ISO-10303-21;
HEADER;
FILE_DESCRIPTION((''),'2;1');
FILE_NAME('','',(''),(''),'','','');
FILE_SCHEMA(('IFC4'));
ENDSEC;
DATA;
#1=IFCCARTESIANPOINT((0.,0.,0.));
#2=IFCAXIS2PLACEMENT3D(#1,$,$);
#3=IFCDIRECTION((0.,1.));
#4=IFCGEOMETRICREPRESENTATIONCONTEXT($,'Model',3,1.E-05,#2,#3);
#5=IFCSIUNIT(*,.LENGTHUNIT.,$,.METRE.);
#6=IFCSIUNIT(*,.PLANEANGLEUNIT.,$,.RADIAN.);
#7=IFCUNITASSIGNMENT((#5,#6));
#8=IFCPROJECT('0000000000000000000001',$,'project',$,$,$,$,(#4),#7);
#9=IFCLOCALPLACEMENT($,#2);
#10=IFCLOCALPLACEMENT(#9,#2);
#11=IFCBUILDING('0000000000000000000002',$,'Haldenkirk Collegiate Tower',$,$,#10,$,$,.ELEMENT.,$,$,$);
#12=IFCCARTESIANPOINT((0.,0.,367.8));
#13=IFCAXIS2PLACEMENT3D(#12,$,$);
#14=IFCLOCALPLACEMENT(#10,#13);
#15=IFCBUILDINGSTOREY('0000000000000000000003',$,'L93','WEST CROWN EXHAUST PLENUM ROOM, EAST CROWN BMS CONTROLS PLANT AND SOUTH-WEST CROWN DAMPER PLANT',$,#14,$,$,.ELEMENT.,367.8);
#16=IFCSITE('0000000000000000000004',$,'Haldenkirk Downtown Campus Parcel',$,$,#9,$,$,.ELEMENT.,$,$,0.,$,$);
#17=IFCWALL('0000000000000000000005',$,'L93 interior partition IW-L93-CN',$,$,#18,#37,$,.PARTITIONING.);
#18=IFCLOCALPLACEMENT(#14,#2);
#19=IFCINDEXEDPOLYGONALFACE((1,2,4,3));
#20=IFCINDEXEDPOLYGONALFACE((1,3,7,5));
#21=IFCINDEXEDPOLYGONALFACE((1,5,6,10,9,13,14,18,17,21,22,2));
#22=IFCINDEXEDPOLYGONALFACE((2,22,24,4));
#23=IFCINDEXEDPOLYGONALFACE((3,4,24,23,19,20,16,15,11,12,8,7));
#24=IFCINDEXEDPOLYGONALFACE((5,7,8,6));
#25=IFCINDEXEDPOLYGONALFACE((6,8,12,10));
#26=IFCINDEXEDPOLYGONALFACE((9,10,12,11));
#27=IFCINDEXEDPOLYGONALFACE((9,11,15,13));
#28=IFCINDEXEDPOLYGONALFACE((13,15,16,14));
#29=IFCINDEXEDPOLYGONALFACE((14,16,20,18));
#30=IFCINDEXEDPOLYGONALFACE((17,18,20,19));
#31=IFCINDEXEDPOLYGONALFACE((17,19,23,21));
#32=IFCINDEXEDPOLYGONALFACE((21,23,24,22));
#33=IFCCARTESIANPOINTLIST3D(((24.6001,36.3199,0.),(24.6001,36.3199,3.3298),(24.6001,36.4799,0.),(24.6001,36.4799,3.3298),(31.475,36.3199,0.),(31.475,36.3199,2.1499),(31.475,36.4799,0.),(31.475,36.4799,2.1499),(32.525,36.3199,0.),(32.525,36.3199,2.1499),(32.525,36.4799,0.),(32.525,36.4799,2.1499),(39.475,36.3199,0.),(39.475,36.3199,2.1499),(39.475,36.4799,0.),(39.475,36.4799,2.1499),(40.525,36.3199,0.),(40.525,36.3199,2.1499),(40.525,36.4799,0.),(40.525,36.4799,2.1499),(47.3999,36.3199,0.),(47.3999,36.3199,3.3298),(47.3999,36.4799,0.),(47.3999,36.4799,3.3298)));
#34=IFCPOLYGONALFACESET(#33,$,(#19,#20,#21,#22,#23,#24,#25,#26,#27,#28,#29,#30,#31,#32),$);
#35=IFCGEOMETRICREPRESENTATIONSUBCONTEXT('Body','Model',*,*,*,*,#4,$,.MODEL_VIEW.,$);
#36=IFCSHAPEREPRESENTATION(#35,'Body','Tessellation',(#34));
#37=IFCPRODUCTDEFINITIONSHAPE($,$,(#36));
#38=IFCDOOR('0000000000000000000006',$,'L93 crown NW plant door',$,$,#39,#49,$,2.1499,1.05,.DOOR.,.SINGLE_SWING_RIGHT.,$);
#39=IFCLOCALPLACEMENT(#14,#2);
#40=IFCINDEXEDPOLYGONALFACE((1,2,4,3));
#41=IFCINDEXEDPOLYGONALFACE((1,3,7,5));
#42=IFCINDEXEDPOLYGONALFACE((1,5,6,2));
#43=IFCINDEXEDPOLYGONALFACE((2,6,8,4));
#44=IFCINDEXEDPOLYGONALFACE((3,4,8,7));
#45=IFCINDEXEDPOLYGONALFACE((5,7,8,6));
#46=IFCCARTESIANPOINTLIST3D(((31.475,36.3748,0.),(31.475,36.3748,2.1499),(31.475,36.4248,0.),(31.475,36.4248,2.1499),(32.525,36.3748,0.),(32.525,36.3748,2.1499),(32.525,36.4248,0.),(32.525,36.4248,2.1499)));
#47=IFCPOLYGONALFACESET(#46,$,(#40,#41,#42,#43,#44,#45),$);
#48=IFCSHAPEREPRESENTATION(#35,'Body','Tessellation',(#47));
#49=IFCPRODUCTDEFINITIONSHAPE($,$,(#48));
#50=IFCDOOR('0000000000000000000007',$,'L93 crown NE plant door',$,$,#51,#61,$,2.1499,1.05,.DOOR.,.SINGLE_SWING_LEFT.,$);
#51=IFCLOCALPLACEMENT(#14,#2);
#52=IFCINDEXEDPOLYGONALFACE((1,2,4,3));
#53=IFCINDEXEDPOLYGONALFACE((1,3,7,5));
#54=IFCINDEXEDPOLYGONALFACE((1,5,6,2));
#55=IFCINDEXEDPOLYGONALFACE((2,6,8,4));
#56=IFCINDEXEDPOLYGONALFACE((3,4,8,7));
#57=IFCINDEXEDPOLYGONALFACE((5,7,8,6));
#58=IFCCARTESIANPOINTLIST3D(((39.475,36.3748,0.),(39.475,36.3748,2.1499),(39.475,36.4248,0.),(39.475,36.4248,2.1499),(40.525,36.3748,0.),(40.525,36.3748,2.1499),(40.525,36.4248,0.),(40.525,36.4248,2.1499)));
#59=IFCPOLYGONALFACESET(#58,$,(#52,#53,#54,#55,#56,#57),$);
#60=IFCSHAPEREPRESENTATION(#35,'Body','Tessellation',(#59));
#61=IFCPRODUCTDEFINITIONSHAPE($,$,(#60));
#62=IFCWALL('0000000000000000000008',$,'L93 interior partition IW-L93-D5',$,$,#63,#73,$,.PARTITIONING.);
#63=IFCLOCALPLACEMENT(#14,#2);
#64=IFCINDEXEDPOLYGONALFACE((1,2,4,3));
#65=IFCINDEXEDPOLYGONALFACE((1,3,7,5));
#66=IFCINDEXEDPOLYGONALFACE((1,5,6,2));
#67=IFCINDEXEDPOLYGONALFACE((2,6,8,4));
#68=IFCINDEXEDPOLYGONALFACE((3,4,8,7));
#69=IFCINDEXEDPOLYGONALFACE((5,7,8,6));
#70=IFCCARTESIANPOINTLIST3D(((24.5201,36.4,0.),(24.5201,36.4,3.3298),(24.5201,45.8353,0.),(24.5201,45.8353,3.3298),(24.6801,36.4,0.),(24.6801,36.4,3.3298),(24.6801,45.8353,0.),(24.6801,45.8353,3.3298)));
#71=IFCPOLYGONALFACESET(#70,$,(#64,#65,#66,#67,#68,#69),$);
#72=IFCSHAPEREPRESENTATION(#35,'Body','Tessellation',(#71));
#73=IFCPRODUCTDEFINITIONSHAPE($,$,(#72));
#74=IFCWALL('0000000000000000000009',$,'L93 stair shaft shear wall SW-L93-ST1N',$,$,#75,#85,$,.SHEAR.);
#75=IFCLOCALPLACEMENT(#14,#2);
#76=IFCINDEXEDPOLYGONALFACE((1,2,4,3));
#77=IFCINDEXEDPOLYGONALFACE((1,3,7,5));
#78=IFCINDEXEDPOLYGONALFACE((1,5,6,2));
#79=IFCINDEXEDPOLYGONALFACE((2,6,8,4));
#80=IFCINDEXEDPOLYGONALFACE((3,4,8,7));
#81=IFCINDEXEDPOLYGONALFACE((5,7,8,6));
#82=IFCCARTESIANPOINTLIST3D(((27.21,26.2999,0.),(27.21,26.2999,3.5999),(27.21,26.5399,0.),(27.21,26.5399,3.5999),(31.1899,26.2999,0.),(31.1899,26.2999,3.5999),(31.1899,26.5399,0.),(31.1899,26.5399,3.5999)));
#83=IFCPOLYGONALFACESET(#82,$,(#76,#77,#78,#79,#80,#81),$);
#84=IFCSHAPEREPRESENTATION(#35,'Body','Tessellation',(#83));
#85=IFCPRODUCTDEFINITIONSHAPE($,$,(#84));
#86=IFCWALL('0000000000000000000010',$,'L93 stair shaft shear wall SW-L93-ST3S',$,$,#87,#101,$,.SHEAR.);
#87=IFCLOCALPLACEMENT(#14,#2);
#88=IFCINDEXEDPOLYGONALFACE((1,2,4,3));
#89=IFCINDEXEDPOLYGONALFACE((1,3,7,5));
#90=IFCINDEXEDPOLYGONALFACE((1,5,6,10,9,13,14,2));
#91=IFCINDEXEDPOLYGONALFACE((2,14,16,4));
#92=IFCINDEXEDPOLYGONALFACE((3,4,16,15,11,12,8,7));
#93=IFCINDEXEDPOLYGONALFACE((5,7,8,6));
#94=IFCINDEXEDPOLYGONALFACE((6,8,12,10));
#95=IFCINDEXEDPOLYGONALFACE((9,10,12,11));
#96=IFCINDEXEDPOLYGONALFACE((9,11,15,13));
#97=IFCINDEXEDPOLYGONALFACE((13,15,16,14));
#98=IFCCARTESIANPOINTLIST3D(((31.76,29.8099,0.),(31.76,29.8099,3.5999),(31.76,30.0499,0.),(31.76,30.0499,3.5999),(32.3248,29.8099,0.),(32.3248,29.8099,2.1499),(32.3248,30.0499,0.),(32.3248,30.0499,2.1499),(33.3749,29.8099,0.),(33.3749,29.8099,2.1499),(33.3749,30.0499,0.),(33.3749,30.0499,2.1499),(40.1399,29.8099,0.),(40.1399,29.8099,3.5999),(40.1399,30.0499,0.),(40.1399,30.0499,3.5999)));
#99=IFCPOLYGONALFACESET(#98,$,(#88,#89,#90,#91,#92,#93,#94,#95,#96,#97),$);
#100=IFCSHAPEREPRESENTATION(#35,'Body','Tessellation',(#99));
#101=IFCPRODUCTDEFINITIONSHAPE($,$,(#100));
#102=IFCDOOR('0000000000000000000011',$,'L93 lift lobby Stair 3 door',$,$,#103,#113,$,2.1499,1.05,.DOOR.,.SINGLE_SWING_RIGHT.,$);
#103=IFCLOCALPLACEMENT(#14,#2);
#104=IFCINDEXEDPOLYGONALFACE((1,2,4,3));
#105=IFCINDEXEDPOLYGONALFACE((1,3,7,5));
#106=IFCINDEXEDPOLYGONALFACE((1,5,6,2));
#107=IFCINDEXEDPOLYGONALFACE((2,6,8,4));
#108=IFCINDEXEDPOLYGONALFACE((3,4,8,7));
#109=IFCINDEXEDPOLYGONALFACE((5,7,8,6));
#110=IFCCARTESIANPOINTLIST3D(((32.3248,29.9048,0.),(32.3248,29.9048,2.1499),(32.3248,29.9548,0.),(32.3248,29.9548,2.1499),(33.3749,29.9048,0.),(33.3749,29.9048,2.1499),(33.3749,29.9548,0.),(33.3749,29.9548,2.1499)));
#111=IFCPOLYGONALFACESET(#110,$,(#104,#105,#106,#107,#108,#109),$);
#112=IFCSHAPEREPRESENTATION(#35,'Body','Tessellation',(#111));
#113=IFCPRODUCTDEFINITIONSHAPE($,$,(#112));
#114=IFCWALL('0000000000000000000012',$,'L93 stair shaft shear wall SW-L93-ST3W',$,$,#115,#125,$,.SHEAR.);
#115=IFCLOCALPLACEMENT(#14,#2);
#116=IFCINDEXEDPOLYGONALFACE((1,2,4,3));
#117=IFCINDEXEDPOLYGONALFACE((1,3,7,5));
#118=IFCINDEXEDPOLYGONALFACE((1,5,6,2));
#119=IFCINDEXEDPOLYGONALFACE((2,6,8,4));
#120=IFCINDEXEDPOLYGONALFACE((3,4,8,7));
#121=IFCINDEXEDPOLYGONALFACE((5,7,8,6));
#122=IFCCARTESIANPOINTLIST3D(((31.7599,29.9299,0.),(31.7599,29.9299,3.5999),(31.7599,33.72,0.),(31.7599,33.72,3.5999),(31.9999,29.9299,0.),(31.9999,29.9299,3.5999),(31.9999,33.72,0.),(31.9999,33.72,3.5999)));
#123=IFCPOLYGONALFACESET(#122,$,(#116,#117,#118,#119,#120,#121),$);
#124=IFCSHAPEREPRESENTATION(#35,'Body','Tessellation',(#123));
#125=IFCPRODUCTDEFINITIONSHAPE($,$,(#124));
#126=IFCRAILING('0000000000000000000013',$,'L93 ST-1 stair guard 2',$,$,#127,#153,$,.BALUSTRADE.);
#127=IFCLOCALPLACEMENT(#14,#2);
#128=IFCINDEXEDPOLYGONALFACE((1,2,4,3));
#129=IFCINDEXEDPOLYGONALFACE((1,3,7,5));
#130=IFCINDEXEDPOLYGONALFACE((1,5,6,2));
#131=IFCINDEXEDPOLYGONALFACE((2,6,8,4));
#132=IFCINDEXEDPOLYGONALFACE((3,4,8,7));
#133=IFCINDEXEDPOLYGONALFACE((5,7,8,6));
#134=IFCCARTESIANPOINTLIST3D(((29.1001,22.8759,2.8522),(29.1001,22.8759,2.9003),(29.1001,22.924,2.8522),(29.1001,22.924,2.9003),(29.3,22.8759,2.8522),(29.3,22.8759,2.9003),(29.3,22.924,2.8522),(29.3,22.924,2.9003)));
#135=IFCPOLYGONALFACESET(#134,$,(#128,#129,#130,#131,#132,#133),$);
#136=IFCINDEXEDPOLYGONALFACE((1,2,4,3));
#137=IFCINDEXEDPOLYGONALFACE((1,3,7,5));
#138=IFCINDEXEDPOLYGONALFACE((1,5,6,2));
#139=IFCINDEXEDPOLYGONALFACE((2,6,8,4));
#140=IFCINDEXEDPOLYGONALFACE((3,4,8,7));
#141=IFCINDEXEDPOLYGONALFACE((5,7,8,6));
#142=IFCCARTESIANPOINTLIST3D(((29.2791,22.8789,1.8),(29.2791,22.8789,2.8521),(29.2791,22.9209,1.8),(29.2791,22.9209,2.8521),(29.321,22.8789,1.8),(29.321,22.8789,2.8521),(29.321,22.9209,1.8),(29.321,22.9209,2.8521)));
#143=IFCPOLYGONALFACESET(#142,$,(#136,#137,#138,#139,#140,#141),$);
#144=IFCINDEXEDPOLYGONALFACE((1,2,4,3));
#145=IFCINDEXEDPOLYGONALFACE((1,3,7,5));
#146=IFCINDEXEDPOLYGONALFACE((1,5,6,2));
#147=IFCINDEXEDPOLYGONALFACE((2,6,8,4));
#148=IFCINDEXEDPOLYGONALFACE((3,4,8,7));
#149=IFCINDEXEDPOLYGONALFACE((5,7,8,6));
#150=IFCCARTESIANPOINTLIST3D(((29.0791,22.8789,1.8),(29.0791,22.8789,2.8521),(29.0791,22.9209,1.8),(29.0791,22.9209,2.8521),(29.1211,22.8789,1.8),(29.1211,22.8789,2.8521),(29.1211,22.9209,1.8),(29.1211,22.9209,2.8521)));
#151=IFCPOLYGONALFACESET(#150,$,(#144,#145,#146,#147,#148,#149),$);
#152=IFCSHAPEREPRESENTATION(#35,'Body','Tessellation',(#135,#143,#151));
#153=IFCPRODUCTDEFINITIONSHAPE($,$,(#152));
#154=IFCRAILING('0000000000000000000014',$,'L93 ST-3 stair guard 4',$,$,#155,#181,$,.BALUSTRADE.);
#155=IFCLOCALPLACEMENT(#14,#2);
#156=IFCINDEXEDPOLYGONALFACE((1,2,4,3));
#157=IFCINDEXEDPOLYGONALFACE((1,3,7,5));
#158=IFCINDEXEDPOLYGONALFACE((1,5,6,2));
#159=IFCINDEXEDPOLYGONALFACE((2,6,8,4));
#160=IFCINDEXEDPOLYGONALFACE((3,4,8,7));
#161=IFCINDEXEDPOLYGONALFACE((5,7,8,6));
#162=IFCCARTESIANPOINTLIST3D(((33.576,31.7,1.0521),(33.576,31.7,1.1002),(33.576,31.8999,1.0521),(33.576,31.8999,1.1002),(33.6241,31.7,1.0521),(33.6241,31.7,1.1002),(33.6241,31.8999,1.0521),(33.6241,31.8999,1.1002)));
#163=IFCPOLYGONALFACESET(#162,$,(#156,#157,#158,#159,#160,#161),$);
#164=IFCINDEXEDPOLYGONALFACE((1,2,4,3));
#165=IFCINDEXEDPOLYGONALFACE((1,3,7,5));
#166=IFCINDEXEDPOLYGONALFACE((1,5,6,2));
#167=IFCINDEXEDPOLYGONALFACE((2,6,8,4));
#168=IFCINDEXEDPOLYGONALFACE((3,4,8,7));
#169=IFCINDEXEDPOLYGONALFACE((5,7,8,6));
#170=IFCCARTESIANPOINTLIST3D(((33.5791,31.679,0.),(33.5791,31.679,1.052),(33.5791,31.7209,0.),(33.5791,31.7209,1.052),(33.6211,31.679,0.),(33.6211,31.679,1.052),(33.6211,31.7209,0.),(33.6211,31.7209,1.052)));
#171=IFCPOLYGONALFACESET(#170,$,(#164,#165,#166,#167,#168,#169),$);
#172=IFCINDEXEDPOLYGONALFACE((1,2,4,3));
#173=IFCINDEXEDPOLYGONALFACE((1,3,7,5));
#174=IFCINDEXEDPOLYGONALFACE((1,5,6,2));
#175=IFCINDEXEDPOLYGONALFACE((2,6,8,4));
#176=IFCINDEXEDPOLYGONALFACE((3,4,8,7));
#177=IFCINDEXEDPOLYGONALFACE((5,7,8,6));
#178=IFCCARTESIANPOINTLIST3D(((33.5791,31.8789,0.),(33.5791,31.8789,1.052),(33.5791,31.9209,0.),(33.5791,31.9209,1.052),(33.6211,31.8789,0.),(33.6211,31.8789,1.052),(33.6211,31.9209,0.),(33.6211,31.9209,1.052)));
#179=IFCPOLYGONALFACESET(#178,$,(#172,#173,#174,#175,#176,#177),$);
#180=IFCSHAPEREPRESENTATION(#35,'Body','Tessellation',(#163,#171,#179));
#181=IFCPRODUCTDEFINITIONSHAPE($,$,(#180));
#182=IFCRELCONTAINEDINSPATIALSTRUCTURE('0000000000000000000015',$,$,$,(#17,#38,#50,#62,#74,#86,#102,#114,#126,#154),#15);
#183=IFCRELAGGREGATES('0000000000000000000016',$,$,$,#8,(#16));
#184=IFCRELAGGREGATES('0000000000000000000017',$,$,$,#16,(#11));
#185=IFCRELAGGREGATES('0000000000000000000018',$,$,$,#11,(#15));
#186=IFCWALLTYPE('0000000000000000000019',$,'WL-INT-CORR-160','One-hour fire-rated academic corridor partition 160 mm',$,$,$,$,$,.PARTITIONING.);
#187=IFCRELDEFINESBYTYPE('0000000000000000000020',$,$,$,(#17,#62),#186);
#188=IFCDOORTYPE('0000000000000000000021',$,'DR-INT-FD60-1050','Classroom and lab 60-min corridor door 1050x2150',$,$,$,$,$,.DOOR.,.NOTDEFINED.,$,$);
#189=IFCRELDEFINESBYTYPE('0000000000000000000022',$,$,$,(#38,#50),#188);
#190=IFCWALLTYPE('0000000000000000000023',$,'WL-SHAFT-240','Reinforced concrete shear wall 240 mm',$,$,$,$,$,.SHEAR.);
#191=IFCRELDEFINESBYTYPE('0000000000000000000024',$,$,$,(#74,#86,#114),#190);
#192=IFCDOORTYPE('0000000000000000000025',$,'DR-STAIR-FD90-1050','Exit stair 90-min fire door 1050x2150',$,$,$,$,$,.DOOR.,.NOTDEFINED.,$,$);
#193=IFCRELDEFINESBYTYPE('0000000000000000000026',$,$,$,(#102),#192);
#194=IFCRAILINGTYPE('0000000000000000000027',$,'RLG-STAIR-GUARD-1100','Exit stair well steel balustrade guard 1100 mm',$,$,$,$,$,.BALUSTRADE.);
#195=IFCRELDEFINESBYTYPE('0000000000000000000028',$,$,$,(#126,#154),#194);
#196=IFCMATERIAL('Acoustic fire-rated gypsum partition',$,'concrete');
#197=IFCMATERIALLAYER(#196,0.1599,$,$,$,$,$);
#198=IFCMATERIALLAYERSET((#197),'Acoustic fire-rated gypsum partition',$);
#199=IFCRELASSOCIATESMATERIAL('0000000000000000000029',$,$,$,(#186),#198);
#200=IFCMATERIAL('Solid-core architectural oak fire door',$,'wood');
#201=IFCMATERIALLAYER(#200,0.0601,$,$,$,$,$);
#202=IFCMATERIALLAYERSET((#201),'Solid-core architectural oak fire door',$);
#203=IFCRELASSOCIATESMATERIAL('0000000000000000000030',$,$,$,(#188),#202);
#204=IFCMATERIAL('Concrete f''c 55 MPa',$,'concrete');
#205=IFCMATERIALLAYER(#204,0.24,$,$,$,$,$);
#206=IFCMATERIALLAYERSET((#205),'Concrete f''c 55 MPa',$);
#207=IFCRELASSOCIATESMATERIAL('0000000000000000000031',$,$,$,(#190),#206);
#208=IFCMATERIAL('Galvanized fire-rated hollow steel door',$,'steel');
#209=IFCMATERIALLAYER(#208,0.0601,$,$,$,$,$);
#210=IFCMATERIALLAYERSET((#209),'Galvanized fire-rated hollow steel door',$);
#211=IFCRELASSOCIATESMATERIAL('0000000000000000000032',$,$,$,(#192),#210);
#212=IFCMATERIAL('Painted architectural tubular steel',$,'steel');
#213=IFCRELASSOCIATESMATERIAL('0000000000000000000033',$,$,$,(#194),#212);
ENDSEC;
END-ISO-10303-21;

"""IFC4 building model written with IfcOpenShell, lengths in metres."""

from ifc_helpers import new_model, si_unit, direction, frame, frame_2d, origin, origin_2d, place, context, subcontext, project, spatial, rectangle, extrude, material, layer, layer_set, type_object, element, fill, save


model = new_model("IFC4")

# Units and contexts
model_context = context("Model", 3, precision=1e-05, world=origin(), true_north=direction((0.0, 1.0)))
body_context = subcontext(model_context, "Body", "Model", "MODEL_VIEW")
ifc_project = project(units=[si_unit("LENGTHUNIT", "METRE"), si_unit("PLANEANGLEUNIT", "RADIAN")], contexts=[model_context])

# Site, building, storey
site_placement = place(None, origin())
site = spatial("IfcSite", under=ifc_project, at=site_placement, Name="Haldenkirk Downtown Campus Parcel", CompositionType="ELEMENT", RefElevation=0.0)
building_placement = place(site_placement, origin())
building = spatial("IfcBuilding", under=site, at=building_placement, Name="Haldenkirk Collegiate Tower", CompositionType="ELEMENT")
storey_placement = place(building_placement, frame((0.0, 0.0, 367.8)))
storey = spatial("IfcBuildingStorey", under=building, at=storey_placement, Name="L93", Description="WEST CROWN EXHAUST PLENUM ROOM, EAST CROWN BMS CONTROLS PLANT AND SOUTH-WEST CROWN DAMPER PLANT", CompositionType="ELEMENT", Elevation=367.8)

# Shared definitions
ifc_material_1 = material(Name="Concrete f'c 55 MPa", Category="concrete")

# Shared definitions
ifc_material_2 = material(Name="Acoustic fire-rated gypsum partition", Category="concrete")
ifc_layer_1 = layer(ifc_material_2, 0.1599)
ifc_layer_set_1 = layer_set([ifc_layer_1], Name="Acoustic fire-rated gypsum partition")
wall_type_1 = type_object("IfcWallType", Name="WL-INT-CORR-160", Description="One-hour fire-rated academic corridor partition 160 mm", PredefinedType="PARTITIONING", material=ifc_layer_set_1)
ifc_material_3 = material(Name="Solid-core architectural oak fire door", Category="wood")

# Wall, openings, doors
wall_1_placement = place(storey_placement, frame((24.6001, 36.3999, 0.0), z_axis=(0.0, 0.0, 1.0), x_axis=(1.0, 0.0, 0.0)))
wall_1 = element("IfcWall", 1, at=wall_1_placement, inside=storey, type_object=wall_type_1, Name="L93 interior partition IW-L93-CN", PredefinedType="PARTITIONING", context=body_context, shape_type="SweptSolid", body=[
    extrude(rectangle(XDim=22.7998, YDim=0.1599, at=frame_2d((11.3999, 0.0))), origin(), (0.0, 0.0, 1.0), 3.3298),
])
opening_1_placement = place(wall_1_placement, frame((6.875, 0.0, 0.0)))
opening_1 = element("IfcOpeningElement", 2, at=opening_1_placement, cuts=wall_1, PredefinedType="OPENING", context=body_context, shape_type="SweptSolid", body=[
    extrude(rectangle(XDim=1.05, YDim=2.1499, at=frame_2d((0.5249, 1.075))), frame((0.0, 0.0898, 0.0), z_axis=(0.0, -1.0, 0.0), x_axis=(1.0, 0.0, 0.0)), (0.0, 0.0, 1.0), 0.1799),
])
opening_2_placement = place(wall_1_placement, frame((14.875, 0.0, 0.0)))
opening_2 = element("IfcOpeningElement", 3, at=opening_2_placement, cuts=wall_1, PredefinedType="OPENING", context=body_context, shape_type="SweptSolid", body=[
    extrude(rectangle(XDim=1.05, YDim=2.1499, at=frame_2d((0.5249, 1.075))), frame((0.0, 0.0898, 0.0), z_axis=(0.0, -1.0, 0.0), x_axis=(1.0, 0.0, 0.0)), (0.0, 0.0, 1.0), 0.1799),
])
ifc_layer_2 = layer(ifc_material_3, 0.0601)
ifc_layer_set_2 = layer_set([ifc_layer_2], Name="Solid-core architectural oak fire door")
door_type_1 = type_object("IfcDoorType", Name="DR-INT-FD60-1050", Description="Classroom and lab 60-min corridor door 1050x2150", OperationType="NOTDEFINED", PredefinedType="DOOR", material=ifc_layer_set_2)
door_1_placement = place(opening_1_placement, origin())
door_1 = element("IfcDoor", 4, at=door_1_placement, inside=storey, type_object=door_type_1, Name="L93 crown NW plant door", OperationType="SINGLE_SWING_RIGHT", OverallHeight=2.1499, OverallWidth=1.05, PredefinedType="DOOR", context=body_context, shape_type="SweptSolid", body=[
    extrude(rectangle(XDim=1.05, YDim=2.1499, at=frame_2d((0.5249, 1.075))), frame((0.0, 0.0249, 0.0), z_axis=(0.0, -1.0, 0.0), x_axis=(1.0, 0.0, 0.0)), (0.0, 0.0, 1.0), 0.05),
])
fill(opening_1, door_1)
door_2_placement = place(opening_2_placement, origin())
door_2 = element("IfcDoor", 5, at=door_2_placement, inside=storey, type_object=door_type_1, Name="L93 crown NE plant door", OperationType="SINGLE_SWING_LEFT", OverallHeight=2.1499, OverallWidth=1.05, PredefinedType="DOOR", context=body_context, shape_type="SweptSolid", body=[
    extrude(rectangle(XDim=1.05, YDim=2.1499, at=frame_2d((0.5249, 1.075))), frame((0.0, 0.0249, 0.0), z_axis=(0.0, -1.0, 0.0), x_axis=(1.0, 0.0, 0.0)), (0.0, 0.0, 1.0), 0.05),
])
fill(opening_2, door_2)

# Walls
wall_2_placement = place(storey_placement, frame((24.6001, 36.3999, 0.0), z_axis=(0.0, 0.0, 1.0), x_axis=(0.0, 1.0, 0.0)))
element("IfcWall", 6, at=wall_2_placement, inside=storey, type_object=wall_type_1, Name="L93 interior partition IW-L93-D5", PredefinedType="PARTITIONING", context=body_context, shape_type="SweptSolid", body=[
    extrude(rectangle(XDim=9.4353, YDim=0.1599, at=frame_2d((4.7178, 0.0))), origin(), (0.0, 0.0, 1.0), 3.3298),
])
ifc_layer_3 = layer(ifc_material_1, 0.24)
ifc_layer_set_3 = layer_set([ifc_layer_3], Name="Concrete f'c 55 MPa")
wall_type_2 = type_object("IfcWallType", Name="WL-SHAFT-240", Description="Reinforced concrete shear wall 240 mm", PredefinedType="SHEAR", material=ifc_layer_set_3)
wall_3_placement = place(storey_placement, frame((27.21, 26.4199, 0.0), z_axis=(0.0, 0.0, 1.0), x_axis=(1.0, 0.0, 0.0)))
element("IfcWall", 7, at=wall_3_placement, inside=storey, type_object=wall_type_2, Name="L93 stair shaft shear wall SW-L93-ST1N", PredefinedType="SHEAR", context=body_context, shape_type="SweptSolid", body=[
    extrude(rectangle(XDim=3.98, YDim=0.24, at=frame_2d((1.99, 0.0))), origin(), (0.0, 0.0, 1.0), 3.5999),
])

# Wall, opening, door
wall_4_placement = place(storey_placement, frame((31.76, 29.9299, 0.0), z_axis=(0.0, 0.0, 1.0), x_axis=(1.0, 0.0, 0.0)))
wall_4 = element("IfcWall", 8, at=wall_4_placement, inside=storey, type_object=wall_type_2, Name="L93 stair shaft shear wall SW-L93-ST3S", PredefinedType="SHEAR", context=body_context, shape_type="SweptSolid", body=[
    extrude(rectangle(XDim=8.3799, YDim=0.24, at=frame_2d((4.1899, 0.0))), origin(), (0.0, 0.0, 1.0), 3.5999),
])
opening_3_placement = place(wall_4_placement, frame((0.5649, 0.0, 0.0)))
opening_3 = element("IfcOpeningElement", 9, at=opening_3_placement, cuts=wall_4, PredefinedType="OPENING", context=body_context, shape_type="SweptSolid", body=[
    extrude(rectangle(XDim=1.05, YDim=2.1499, at=frame_2d((0.5249, 1.075))), frame((0.0, 0.1299, 0.0), z_axis=(0.0, -1.0, 0.0), x_axis=(1.0, 0.0, 0.0)), (0.0, 0.0, 1.0), 0.26),
])
ifc_material_4 = material(Name="Galvanized fire-rated hollow steel door", Category="steel")
ifc_layer_4 = layer(ifc_material_4, 0.0601)
ifc_layer_set_4 = layer_set([ifc_layer_4], Name="Galvanized fire-rated hollow steel door")
door_type_2 = type_object("IfcDoorType", Name="DR-STAIR-FD90-1050", Description="Exit stair 90-min fire door 1050x2150", OperationType="NOTDEFINED", PredefinedType="DOOR", material=ifc_layer_set_4)
door_3_placement = place(opening_3_placement, origin())
door_3 = element("IfcDoor", 10, at=door_3_placement, inside=storey, type_object=door_type_2, Name="L93 lift lobby Stair 3 door", OperationType="SINGLE_SWING_RIGHT", OverallHeight=2.1499, OverallWidth=1.05, PredefinedType="DOOR", context=body_context, shape_type="SweptSolid", body=[
    extrude(rectangle(XDim=1.05, YDim=2.1499, at=frame_2d((0.5249, 1.075))), frame((0.0, 0.0249, 0.0), z_axis=(0.0, -1.0, 0.0), x_axis=(1.0, 0.0, 0.0)), (0.0, 0.0, 1.0), 0.05),
])
fill(opening_3, door_3)

# Wall
wall_5_placement = place(storey_placement, frame((31.8799, 29.9299, 0.0), z_axis=(0.0, 0.0, 1.0), x_axis=(0.0, 1.0, 0.0)))
element("IfcWall", 11, at=wall_5_placement, inside=storey, type_object=wall_type_2, Name="L93 stair shaft shear wall SW-L93-ST3W", PredefinedType="SHEAR", context=body_context, shape_type="SweptSolid", body=[
    extrude(rectangle(XDim=3.79, YDim=0.24, at=frame_2d((1.895, 0.0))), origin(), (0.0, 0.0, 1.0), 3.5999),
])

# Railings
ifc_material_5 = material(Name="Painted architectural tubular steel", Category="steel")
railing_type = type_object("IfcRailingType", Name="RLG-STAIR-GUARD-1100", Description="Exit stair well steel balustrade guard 1100 mm", PredefinedType="BALUSTRADE", material=ifc_material_5)
railing_1_placement = place(storey_placement, frame((29.3, 22.8999, 1.8)))
element("IfcRailing", 12, at=railing_1_placement, inside=storey, type_object=railing_type, Name="L93 ST-1 stair guard 2", PredefinedType="BALUSTRADE", context=body_context, shape_type="SweptSolid", body=[
    extrude(rectangle(XDim=0.0481, YDim=0.0481, at=origin_2d()), frame((0.0, 0.0, 1.0762), z_axis=(-1.0, 0.0, 0.0), x_axis=(0.0, -1.0, 0.0)), (0.0, 0.0, 1.0), 0.2),
    extrude(rectangle(XDim=0.042, YDim=0.042, at=origin_2d()), origin(), (0.0, 0.0, 1.0), 1.052),
    extrude(rectangle(XDim=0.042, YDim=0.042, at=origin_2d()), frame((-0.2, 0.0, 0.0)), (0.0, 0.0, 1.0), 1.052),
])
railing_2_placement = place(storey_placement, frame((33.6001, 31.7, 0.0)))
element("IfcRailing", 13, at=railing_2_placement, inside=storey, type_object=railing_type, Name="L93 ST-3 stair guard 4", PredefinedType="BALUSTRADE", context=body_context, shape_type="SweptSolid", body=[
    extrude(rectangle(XDim=0.0481, YDim=0.0481, at=origin_2d()), frame((0.0, 0.0, 1.0762), z_axis=(0.0, 1.0, 0.0), x_axis=(-1.0, 0.0, 0.0)), (0.0, 0.0, 1.0), 0.2),
    extrude(rectangle(XDim=0.042, YDim=0.042, at=origin_2d()), origin(), (0.0, 0.0, 1.0), 1.052),
    extrude(rectangle(XDim=0.042, YDim=0.042, at=origin_2d()), frame((0.0, 0.2, 0.0)), (0.0, 0.0, 1.0), 1.052),
])

save(model, "model.ifc")
